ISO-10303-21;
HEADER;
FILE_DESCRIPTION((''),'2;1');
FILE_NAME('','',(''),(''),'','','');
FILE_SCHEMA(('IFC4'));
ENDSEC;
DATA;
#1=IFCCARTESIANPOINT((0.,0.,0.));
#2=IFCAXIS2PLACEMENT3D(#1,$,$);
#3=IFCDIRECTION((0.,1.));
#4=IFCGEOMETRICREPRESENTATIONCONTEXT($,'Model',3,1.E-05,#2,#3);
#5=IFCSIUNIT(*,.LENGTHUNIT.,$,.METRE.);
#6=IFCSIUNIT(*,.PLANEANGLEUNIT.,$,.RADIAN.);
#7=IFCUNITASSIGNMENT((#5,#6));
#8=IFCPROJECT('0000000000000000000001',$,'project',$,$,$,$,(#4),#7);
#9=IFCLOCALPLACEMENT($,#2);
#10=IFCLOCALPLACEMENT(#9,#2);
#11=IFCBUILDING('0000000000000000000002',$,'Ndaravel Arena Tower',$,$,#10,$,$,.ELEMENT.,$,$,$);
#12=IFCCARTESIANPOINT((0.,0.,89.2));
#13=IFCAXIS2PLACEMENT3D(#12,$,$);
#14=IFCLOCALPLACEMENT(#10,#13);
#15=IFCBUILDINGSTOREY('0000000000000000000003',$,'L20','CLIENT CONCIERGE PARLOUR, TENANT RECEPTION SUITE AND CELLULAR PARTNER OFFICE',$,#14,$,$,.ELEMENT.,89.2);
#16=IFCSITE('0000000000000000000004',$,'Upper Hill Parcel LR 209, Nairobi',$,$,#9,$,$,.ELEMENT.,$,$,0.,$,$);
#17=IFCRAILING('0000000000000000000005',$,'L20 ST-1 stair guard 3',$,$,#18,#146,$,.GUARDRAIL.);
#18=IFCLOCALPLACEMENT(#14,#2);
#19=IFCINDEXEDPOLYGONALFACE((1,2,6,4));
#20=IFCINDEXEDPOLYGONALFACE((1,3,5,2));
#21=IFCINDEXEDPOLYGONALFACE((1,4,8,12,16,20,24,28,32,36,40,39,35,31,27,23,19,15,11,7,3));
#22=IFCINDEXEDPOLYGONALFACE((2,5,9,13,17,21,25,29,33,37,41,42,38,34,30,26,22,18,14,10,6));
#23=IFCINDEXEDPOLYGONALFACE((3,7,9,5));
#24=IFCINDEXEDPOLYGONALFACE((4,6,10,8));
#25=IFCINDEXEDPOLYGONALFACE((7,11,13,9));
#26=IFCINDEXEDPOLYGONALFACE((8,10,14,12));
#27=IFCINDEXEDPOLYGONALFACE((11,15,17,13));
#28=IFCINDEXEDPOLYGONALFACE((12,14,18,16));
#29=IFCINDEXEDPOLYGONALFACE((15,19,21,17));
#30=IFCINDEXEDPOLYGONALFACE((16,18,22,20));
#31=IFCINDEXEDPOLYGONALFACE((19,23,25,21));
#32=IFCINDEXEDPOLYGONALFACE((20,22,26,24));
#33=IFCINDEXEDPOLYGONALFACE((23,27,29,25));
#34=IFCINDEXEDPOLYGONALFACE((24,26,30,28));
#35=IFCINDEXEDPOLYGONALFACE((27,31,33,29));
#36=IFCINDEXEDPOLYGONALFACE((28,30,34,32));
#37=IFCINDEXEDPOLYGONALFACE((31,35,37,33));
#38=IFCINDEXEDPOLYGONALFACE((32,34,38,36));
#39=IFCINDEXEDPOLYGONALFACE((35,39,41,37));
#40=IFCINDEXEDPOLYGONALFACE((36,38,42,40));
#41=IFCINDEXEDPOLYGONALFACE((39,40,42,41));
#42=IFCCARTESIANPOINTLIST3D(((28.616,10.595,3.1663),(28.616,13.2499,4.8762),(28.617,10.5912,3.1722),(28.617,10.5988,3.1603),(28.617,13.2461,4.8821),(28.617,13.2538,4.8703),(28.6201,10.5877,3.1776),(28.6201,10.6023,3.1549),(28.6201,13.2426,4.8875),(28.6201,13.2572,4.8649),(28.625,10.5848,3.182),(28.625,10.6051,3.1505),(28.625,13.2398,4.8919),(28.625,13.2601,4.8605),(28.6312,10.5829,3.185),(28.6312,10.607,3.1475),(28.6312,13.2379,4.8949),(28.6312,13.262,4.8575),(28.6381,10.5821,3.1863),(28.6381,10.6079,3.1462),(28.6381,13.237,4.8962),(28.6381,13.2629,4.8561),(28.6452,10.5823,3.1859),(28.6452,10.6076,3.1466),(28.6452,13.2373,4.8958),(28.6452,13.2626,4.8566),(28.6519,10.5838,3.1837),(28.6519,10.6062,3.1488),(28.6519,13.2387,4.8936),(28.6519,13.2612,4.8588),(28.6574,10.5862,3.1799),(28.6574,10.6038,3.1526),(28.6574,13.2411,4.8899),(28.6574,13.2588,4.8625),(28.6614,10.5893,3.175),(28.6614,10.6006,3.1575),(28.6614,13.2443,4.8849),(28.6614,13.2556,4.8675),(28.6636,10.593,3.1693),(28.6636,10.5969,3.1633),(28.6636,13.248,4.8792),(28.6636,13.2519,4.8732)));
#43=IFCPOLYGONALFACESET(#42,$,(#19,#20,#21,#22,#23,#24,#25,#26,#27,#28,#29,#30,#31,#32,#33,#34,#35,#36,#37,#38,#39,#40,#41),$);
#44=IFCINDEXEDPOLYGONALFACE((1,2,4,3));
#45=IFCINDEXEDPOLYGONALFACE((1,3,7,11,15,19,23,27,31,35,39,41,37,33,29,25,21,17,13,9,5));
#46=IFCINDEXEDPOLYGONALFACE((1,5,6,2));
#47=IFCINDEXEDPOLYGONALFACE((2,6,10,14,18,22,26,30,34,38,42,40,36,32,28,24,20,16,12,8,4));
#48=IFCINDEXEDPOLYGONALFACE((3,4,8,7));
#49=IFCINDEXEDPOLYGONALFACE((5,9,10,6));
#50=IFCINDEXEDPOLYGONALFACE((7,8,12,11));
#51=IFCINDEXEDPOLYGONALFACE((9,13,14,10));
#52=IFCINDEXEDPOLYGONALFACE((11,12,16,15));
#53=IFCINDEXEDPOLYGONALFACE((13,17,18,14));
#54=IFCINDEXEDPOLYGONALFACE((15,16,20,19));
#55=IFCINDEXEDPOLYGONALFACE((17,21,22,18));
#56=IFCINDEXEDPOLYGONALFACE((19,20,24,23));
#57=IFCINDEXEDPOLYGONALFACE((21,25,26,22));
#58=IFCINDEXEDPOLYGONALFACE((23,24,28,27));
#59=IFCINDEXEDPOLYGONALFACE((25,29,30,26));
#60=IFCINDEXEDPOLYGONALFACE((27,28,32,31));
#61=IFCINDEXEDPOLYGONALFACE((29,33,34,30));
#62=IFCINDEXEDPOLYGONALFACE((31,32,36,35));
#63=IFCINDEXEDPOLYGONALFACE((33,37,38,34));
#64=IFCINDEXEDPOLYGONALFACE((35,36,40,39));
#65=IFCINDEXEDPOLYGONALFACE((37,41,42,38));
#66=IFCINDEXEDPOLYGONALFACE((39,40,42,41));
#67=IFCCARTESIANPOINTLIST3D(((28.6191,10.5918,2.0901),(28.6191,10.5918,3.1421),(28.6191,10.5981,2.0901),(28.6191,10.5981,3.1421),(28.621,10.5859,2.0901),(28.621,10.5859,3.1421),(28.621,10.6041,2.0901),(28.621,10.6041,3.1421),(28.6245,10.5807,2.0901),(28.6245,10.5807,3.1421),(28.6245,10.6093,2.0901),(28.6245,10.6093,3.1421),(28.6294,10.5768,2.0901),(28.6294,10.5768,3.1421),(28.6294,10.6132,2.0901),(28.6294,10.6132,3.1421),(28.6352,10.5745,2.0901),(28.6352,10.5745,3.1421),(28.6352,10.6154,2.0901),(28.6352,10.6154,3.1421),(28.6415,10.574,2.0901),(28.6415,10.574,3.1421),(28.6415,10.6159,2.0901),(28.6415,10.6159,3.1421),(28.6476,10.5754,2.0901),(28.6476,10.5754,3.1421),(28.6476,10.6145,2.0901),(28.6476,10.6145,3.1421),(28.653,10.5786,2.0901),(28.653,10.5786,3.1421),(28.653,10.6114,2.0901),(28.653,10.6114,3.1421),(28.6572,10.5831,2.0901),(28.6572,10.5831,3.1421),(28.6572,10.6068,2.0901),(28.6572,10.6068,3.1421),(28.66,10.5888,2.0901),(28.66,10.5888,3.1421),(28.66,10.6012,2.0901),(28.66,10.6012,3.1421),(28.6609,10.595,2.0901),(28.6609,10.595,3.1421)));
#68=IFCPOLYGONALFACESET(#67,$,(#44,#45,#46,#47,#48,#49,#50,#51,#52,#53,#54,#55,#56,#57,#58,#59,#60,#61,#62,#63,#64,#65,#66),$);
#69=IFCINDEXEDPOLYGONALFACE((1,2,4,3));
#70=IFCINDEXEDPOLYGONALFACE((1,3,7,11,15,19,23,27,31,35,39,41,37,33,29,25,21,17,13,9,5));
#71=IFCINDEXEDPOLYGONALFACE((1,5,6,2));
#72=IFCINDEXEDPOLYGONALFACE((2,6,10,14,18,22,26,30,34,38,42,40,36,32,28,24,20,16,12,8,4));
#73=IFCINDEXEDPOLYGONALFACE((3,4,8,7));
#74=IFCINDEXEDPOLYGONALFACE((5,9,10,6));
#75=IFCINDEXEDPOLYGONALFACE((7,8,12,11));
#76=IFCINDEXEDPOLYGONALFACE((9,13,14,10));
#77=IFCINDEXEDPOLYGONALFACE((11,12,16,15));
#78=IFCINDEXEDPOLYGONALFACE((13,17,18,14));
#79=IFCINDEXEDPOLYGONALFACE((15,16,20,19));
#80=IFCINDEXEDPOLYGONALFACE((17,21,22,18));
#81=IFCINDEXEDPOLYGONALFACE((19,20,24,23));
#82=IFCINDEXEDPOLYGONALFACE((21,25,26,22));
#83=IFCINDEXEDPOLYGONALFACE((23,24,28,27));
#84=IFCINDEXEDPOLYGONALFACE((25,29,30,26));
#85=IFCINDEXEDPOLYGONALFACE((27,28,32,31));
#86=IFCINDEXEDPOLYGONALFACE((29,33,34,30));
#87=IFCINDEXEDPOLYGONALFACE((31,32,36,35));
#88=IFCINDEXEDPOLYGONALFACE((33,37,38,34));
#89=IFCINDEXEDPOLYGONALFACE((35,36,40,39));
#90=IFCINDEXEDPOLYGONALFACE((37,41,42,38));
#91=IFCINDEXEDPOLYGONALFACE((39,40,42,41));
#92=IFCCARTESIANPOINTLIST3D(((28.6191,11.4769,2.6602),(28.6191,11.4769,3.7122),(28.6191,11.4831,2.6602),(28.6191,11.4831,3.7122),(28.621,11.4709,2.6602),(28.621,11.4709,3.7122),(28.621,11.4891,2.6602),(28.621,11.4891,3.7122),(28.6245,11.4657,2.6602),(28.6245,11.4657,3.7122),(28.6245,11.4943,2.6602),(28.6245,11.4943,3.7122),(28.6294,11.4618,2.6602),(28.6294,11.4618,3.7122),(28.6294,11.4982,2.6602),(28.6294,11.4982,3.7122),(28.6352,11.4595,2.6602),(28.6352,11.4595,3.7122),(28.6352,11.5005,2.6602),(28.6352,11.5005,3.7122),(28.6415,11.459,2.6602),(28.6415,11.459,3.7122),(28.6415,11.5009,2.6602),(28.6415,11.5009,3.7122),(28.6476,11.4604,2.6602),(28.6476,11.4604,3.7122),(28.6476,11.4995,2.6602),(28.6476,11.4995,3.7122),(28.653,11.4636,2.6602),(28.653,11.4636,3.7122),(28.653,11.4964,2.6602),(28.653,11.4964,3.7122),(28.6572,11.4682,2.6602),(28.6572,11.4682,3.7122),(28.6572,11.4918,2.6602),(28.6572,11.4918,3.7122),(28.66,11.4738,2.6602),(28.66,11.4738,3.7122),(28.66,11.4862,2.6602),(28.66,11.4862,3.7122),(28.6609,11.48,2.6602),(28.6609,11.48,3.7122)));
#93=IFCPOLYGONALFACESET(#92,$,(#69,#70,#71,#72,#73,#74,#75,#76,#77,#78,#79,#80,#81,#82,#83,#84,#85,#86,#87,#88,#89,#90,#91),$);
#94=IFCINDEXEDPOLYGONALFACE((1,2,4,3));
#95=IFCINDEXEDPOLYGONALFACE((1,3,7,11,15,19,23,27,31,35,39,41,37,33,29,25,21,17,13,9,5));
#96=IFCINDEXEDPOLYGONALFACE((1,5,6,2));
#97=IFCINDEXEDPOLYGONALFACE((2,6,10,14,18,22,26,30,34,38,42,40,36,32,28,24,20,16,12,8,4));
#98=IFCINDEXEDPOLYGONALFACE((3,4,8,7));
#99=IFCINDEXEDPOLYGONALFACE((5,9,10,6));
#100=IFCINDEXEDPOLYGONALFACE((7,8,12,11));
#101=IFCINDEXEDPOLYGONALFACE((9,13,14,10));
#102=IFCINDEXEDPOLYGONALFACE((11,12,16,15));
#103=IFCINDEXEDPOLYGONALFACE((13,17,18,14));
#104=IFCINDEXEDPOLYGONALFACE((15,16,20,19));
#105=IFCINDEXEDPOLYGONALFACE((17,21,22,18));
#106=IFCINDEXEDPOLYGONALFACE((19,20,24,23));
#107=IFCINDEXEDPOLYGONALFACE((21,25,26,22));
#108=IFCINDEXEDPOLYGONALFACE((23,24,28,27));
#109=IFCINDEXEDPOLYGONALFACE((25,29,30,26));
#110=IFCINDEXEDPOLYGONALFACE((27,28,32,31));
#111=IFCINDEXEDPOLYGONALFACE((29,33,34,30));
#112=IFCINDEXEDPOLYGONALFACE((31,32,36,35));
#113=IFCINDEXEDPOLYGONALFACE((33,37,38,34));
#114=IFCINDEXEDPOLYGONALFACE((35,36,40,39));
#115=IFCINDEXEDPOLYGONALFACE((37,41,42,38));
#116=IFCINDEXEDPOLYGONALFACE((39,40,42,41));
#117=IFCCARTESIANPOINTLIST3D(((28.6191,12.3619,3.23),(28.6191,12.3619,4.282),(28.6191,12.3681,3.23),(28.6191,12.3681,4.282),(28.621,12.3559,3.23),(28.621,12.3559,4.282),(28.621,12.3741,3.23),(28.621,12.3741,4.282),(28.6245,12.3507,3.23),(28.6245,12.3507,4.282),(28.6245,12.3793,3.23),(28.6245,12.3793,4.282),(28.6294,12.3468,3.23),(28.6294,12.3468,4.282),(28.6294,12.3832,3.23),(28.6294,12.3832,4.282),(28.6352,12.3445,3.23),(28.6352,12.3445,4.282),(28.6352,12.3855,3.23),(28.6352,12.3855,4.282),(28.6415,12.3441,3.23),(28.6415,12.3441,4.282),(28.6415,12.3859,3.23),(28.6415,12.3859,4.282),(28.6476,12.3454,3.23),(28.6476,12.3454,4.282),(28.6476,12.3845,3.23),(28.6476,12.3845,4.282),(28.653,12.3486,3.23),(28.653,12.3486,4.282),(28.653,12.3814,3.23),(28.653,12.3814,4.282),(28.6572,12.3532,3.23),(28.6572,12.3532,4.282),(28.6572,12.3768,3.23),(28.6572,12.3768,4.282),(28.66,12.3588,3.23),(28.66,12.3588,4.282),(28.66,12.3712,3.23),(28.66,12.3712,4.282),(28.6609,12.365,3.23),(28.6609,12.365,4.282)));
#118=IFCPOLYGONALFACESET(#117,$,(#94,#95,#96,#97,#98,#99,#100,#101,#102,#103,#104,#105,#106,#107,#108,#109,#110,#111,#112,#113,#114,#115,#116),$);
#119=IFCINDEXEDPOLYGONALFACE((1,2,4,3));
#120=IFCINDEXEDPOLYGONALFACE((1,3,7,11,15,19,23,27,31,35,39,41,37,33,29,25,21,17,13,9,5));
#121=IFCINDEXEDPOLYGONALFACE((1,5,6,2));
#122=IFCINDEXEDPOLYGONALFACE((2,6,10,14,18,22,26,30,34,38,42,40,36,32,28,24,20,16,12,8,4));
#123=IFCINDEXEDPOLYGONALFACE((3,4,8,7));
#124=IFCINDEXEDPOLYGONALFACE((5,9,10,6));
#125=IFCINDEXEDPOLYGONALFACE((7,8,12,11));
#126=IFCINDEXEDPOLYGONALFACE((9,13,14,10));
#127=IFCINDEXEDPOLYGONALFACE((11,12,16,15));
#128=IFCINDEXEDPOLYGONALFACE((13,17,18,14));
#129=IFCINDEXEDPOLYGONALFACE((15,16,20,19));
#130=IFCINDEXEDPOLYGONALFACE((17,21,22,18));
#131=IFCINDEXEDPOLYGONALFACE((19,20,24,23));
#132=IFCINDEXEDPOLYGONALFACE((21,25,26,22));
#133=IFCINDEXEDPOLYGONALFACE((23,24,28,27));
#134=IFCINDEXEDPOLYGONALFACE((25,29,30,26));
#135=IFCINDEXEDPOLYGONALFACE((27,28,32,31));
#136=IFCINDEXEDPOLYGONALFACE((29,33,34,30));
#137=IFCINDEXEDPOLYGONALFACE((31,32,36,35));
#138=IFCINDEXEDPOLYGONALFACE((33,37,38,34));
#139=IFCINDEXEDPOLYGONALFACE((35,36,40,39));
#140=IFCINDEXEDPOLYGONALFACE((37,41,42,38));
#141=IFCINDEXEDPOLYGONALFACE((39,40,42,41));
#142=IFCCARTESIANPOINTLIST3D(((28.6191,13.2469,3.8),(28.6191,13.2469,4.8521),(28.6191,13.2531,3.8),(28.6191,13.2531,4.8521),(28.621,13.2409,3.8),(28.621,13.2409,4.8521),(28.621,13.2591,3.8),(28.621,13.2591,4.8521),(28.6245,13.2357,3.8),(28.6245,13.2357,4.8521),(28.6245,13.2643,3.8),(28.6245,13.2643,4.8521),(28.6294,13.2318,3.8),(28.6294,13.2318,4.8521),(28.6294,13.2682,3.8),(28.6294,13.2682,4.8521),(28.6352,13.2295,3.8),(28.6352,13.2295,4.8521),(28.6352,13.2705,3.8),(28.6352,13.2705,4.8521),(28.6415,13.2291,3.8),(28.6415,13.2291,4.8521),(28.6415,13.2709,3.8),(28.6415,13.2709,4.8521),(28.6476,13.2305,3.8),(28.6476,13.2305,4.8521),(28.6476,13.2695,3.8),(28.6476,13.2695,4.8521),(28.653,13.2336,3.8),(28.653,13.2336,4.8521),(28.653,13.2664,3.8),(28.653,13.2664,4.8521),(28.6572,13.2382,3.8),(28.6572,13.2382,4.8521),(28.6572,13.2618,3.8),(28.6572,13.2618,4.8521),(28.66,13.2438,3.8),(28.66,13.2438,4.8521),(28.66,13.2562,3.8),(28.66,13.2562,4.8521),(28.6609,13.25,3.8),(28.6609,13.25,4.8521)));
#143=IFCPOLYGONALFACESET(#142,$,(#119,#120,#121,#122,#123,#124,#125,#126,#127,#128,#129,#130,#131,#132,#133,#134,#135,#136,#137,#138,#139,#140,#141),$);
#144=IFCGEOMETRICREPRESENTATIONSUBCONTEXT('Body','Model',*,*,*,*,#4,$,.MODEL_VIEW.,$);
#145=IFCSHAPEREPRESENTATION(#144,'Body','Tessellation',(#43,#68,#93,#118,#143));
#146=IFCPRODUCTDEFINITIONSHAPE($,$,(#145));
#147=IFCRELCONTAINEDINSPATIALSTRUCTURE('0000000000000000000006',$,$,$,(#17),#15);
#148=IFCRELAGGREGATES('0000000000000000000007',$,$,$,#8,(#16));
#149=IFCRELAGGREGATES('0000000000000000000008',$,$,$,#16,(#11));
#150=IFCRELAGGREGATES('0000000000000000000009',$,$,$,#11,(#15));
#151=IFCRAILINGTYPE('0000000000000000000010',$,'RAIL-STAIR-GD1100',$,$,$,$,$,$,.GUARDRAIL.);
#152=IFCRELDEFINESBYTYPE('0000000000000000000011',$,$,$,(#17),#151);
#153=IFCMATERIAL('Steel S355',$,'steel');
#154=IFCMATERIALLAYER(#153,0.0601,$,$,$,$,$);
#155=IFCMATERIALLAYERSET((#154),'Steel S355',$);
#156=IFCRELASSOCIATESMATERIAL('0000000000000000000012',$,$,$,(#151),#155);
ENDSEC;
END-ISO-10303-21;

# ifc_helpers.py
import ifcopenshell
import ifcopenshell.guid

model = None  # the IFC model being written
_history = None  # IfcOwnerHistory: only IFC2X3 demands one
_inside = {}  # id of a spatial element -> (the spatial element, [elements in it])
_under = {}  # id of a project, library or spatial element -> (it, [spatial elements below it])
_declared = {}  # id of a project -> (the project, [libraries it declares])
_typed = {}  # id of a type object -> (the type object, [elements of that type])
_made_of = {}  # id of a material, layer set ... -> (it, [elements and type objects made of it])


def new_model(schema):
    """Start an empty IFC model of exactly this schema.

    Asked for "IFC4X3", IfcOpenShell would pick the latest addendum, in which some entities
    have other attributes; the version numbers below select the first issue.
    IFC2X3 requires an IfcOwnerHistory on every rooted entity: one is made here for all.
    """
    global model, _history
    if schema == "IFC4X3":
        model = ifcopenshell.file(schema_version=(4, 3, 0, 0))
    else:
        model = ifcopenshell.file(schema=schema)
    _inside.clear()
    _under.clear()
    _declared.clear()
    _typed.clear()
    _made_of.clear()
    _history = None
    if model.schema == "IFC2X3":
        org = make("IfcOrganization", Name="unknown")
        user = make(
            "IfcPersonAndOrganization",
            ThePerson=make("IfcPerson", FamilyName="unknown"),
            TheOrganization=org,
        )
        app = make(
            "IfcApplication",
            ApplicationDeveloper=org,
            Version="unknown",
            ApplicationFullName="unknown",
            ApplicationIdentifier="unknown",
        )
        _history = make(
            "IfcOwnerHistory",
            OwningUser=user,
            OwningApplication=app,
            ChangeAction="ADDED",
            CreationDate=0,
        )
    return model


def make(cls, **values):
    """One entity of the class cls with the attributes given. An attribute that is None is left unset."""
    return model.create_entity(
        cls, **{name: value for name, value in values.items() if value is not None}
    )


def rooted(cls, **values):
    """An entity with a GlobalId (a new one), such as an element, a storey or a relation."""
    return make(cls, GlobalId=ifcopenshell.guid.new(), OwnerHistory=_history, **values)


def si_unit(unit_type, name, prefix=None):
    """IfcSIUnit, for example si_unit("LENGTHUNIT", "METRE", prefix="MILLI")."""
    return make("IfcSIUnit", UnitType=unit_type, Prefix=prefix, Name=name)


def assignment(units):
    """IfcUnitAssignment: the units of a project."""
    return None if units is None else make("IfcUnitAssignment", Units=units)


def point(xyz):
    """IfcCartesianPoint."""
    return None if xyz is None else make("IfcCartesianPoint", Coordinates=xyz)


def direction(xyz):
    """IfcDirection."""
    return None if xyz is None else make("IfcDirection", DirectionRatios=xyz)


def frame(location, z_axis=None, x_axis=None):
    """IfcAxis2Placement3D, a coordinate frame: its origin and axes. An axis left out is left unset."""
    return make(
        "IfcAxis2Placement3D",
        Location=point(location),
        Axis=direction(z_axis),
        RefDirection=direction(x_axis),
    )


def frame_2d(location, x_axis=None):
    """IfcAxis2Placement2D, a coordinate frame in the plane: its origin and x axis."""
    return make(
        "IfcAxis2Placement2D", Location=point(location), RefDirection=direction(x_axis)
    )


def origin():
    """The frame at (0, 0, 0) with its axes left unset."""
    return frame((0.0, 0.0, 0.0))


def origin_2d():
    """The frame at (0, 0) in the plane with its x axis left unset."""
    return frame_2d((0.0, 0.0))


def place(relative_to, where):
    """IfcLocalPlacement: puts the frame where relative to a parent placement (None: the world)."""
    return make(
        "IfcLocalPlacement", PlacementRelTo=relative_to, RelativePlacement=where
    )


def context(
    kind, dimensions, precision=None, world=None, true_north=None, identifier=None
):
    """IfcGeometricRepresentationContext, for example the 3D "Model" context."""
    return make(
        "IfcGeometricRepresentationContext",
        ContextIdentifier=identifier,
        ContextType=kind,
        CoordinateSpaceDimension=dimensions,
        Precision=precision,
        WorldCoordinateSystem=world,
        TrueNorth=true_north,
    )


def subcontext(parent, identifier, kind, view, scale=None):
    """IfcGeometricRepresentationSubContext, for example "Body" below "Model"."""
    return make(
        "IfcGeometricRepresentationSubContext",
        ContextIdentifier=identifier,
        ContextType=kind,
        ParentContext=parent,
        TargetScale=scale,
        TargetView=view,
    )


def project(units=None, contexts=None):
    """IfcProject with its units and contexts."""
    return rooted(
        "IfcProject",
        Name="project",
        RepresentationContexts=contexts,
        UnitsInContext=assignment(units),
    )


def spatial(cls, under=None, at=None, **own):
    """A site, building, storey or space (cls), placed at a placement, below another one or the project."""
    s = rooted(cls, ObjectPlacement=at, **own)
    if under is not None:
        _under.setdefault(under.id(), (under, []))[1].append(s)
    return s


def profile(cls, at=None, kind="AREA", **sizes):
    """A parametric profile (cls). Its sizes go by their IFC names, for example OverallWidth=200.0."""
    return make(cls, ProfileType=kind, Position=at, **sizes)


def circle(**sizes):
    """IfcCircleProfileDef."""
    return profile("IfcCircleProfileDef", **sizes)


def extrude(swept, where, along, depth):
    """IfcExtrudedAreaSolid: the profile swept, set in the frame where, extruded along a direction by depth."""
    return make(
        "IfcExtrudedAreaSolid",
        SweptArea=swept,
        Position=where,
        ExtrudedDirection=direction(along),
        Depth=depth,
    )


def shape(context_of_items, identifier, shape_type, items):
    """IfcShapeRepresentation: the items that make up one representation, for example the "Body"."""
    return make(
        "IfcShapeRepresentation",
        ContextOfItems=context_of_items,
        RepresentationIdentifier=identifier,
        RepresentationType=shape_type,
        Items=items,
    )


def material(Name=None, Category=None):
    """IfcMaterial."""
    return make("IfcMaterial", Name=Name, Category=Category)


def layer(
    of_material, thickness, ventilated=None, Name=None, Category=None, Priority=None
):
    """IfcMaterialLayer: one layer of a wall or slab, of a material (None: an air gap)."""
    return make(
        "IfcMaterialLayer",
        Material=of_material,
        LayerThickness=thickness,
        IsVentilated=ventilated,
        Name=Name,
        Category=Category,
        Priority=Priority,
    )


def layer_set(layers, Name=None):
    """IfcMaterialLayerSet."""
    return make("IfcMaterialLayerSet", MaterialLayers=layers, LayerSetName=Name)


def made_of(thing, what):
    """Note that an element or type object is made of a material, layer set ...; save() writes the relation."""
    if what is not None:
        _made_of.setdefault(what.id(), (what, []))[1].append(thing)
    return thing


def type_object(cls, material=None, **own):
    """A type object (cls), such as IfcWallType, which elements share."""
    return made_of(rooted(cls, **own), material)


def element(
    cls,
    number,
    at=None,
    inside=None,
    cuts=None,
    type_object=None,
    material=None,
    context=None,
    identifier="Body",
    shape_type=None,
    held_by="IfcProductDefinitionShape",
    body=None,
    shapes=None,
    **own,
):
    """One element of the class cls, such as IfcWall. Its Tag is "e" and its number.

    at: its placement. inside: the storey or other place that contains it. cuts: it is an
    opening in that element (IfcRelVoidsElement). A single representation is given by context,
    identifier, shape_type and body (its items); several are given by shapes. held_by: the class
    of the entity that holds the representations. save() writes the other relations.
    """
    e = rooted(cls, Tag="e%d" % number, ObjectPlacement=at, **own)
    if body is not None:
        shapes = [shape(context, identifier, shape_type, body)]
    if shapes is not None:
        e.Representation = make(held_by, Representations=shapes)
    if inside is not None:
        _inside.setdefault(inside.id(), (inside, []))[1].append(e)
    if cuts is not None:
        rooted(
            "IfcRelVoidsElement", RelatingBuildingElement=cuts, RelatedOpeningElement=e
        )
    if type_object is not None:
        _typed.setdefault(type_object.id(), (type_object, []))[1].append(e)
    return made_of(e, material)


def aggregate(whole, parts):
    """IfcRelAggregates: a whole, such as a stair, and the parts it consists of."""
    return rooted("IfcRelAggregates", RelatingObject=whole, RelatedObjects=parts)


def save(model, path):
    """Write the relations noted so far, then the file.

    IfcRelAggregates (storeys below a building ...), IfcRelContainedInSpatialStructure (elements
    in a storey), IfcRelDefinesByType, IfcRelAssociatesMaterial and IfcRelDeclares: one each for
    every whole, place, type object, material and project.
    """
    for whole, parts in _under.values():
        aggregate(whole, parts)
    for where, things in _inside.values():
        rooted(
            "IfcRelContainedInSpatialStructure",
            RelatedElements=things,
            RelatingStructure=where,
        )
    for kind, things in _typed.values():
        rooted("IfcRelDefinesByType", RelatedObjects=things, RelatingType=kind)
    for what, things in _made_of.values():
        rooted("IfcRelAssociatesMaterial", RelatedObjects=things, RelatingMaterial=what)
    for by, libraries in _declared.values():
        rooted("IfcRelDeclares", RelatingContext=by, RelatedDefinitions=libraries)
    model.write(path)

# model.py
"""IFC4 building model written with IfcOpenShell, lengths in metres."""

from ifc_helpers import new_model, si_unit, direction, frame, origin, origin_2d, place, context, subcontext, project, spatial, circle, extrude, material, layer, layer_set, type_object, element, save


model = new_model("IFC4")

# Units and contexts
model_context = context("Model", 3, precision=1e-05, world=origin(), true_north=direction((0.0, 1.0)))
body_context = subcontext(model_context, "Body", "Model", "MODEL_VIEW")
ifc_project = project(units=[si_unit("LENGTHUNIT", "METRE"), si_unit("PLANEANGLEUNIT", "RADIAN")], contexts=[model_context])

# Site, building, storey
site_placement = place(None, origin())
site = spatial("IfcSite", under=ifc_project, at=site_placement, Name="Upper Hill Parcel LR 209, Nairobi", CompositionType="ELEMENT", RefElevation=0.0)
building_placement = place(site_placement, origin())
building = spatial("IfcBuilding", under=site, at=building_placement, Name="Ndaravel Arena Tower", CompositionType="ELEMENT")
storey_placement = place(building_placement, frame((0.0, 0.0, 89.2)))
storey = spatial("IfcBuildingStorey", under=building, at=storey_placement, Name="L20", Description="CLIENT CONCIERGE PARLOUR, TENANT RECEPTION SUITE AND CELLULAR PARTNER OFFICE", CompositionType="ELEMENT", Elevation=89.2)

# Railing
ifc_material_1 = material(Name="Steel S355", Category="steel")
ifc_layer_1 = layer(ifc_material_1, 0.0601)
ifc_layer_set_1 = layer_set([ifc_layer_1], Name="Steel S355")
railing_type_1 = type_object("IfcRailingType", Name="RAIL-STAIR-GD1100", PredefinedType="GUARDRAIL", material=ifc_layer_set_1)
railing_1_placement = place(storey_placement, frame((28.6399, 10.595, 2.0901)))
element("IfcRailing", 1, at=railing_1_placement, inside=storey, type_object=railing_type_1, Name="L20 ST-1 stair guard 3", PredefinedType="GUARDRAIL", context=body_context, shape_type="SweptSolid", body=[
    extrude(circle(Radius=0.0239, at=origin_2d()), frame((0.0, 0.0, 1.0762), z_axis=(0.0, 0.840724, 0.541465), x_axis=(-1.0, 0.0, 0.0)), (0.0, 0.0, 1.0), 3.158),
    extrude(circle(Radius=0.021, at=origin_2d()), origin(), (0.0, 0.0, 1.0), 1.052),
    extrude(circle(Radius=0.021, at=origin_2d()), frame((0.0, 0.885, 0.5701)), (0.0, 0.0, 1.0), 1.052),
    extrude(circle(Radius=0.021, at=origin_2d()), frame((0.0, 1.77, 1.1399)), (0.0, 0.0, 1.0), 1.052),
    extrude(circle(Radius=0.021, at=origin_2d()), frame((0.0, 2.655, 1.71)), (0.0, 0.0, 1.0), 1.052),
])

save(model, "model.ifc")
